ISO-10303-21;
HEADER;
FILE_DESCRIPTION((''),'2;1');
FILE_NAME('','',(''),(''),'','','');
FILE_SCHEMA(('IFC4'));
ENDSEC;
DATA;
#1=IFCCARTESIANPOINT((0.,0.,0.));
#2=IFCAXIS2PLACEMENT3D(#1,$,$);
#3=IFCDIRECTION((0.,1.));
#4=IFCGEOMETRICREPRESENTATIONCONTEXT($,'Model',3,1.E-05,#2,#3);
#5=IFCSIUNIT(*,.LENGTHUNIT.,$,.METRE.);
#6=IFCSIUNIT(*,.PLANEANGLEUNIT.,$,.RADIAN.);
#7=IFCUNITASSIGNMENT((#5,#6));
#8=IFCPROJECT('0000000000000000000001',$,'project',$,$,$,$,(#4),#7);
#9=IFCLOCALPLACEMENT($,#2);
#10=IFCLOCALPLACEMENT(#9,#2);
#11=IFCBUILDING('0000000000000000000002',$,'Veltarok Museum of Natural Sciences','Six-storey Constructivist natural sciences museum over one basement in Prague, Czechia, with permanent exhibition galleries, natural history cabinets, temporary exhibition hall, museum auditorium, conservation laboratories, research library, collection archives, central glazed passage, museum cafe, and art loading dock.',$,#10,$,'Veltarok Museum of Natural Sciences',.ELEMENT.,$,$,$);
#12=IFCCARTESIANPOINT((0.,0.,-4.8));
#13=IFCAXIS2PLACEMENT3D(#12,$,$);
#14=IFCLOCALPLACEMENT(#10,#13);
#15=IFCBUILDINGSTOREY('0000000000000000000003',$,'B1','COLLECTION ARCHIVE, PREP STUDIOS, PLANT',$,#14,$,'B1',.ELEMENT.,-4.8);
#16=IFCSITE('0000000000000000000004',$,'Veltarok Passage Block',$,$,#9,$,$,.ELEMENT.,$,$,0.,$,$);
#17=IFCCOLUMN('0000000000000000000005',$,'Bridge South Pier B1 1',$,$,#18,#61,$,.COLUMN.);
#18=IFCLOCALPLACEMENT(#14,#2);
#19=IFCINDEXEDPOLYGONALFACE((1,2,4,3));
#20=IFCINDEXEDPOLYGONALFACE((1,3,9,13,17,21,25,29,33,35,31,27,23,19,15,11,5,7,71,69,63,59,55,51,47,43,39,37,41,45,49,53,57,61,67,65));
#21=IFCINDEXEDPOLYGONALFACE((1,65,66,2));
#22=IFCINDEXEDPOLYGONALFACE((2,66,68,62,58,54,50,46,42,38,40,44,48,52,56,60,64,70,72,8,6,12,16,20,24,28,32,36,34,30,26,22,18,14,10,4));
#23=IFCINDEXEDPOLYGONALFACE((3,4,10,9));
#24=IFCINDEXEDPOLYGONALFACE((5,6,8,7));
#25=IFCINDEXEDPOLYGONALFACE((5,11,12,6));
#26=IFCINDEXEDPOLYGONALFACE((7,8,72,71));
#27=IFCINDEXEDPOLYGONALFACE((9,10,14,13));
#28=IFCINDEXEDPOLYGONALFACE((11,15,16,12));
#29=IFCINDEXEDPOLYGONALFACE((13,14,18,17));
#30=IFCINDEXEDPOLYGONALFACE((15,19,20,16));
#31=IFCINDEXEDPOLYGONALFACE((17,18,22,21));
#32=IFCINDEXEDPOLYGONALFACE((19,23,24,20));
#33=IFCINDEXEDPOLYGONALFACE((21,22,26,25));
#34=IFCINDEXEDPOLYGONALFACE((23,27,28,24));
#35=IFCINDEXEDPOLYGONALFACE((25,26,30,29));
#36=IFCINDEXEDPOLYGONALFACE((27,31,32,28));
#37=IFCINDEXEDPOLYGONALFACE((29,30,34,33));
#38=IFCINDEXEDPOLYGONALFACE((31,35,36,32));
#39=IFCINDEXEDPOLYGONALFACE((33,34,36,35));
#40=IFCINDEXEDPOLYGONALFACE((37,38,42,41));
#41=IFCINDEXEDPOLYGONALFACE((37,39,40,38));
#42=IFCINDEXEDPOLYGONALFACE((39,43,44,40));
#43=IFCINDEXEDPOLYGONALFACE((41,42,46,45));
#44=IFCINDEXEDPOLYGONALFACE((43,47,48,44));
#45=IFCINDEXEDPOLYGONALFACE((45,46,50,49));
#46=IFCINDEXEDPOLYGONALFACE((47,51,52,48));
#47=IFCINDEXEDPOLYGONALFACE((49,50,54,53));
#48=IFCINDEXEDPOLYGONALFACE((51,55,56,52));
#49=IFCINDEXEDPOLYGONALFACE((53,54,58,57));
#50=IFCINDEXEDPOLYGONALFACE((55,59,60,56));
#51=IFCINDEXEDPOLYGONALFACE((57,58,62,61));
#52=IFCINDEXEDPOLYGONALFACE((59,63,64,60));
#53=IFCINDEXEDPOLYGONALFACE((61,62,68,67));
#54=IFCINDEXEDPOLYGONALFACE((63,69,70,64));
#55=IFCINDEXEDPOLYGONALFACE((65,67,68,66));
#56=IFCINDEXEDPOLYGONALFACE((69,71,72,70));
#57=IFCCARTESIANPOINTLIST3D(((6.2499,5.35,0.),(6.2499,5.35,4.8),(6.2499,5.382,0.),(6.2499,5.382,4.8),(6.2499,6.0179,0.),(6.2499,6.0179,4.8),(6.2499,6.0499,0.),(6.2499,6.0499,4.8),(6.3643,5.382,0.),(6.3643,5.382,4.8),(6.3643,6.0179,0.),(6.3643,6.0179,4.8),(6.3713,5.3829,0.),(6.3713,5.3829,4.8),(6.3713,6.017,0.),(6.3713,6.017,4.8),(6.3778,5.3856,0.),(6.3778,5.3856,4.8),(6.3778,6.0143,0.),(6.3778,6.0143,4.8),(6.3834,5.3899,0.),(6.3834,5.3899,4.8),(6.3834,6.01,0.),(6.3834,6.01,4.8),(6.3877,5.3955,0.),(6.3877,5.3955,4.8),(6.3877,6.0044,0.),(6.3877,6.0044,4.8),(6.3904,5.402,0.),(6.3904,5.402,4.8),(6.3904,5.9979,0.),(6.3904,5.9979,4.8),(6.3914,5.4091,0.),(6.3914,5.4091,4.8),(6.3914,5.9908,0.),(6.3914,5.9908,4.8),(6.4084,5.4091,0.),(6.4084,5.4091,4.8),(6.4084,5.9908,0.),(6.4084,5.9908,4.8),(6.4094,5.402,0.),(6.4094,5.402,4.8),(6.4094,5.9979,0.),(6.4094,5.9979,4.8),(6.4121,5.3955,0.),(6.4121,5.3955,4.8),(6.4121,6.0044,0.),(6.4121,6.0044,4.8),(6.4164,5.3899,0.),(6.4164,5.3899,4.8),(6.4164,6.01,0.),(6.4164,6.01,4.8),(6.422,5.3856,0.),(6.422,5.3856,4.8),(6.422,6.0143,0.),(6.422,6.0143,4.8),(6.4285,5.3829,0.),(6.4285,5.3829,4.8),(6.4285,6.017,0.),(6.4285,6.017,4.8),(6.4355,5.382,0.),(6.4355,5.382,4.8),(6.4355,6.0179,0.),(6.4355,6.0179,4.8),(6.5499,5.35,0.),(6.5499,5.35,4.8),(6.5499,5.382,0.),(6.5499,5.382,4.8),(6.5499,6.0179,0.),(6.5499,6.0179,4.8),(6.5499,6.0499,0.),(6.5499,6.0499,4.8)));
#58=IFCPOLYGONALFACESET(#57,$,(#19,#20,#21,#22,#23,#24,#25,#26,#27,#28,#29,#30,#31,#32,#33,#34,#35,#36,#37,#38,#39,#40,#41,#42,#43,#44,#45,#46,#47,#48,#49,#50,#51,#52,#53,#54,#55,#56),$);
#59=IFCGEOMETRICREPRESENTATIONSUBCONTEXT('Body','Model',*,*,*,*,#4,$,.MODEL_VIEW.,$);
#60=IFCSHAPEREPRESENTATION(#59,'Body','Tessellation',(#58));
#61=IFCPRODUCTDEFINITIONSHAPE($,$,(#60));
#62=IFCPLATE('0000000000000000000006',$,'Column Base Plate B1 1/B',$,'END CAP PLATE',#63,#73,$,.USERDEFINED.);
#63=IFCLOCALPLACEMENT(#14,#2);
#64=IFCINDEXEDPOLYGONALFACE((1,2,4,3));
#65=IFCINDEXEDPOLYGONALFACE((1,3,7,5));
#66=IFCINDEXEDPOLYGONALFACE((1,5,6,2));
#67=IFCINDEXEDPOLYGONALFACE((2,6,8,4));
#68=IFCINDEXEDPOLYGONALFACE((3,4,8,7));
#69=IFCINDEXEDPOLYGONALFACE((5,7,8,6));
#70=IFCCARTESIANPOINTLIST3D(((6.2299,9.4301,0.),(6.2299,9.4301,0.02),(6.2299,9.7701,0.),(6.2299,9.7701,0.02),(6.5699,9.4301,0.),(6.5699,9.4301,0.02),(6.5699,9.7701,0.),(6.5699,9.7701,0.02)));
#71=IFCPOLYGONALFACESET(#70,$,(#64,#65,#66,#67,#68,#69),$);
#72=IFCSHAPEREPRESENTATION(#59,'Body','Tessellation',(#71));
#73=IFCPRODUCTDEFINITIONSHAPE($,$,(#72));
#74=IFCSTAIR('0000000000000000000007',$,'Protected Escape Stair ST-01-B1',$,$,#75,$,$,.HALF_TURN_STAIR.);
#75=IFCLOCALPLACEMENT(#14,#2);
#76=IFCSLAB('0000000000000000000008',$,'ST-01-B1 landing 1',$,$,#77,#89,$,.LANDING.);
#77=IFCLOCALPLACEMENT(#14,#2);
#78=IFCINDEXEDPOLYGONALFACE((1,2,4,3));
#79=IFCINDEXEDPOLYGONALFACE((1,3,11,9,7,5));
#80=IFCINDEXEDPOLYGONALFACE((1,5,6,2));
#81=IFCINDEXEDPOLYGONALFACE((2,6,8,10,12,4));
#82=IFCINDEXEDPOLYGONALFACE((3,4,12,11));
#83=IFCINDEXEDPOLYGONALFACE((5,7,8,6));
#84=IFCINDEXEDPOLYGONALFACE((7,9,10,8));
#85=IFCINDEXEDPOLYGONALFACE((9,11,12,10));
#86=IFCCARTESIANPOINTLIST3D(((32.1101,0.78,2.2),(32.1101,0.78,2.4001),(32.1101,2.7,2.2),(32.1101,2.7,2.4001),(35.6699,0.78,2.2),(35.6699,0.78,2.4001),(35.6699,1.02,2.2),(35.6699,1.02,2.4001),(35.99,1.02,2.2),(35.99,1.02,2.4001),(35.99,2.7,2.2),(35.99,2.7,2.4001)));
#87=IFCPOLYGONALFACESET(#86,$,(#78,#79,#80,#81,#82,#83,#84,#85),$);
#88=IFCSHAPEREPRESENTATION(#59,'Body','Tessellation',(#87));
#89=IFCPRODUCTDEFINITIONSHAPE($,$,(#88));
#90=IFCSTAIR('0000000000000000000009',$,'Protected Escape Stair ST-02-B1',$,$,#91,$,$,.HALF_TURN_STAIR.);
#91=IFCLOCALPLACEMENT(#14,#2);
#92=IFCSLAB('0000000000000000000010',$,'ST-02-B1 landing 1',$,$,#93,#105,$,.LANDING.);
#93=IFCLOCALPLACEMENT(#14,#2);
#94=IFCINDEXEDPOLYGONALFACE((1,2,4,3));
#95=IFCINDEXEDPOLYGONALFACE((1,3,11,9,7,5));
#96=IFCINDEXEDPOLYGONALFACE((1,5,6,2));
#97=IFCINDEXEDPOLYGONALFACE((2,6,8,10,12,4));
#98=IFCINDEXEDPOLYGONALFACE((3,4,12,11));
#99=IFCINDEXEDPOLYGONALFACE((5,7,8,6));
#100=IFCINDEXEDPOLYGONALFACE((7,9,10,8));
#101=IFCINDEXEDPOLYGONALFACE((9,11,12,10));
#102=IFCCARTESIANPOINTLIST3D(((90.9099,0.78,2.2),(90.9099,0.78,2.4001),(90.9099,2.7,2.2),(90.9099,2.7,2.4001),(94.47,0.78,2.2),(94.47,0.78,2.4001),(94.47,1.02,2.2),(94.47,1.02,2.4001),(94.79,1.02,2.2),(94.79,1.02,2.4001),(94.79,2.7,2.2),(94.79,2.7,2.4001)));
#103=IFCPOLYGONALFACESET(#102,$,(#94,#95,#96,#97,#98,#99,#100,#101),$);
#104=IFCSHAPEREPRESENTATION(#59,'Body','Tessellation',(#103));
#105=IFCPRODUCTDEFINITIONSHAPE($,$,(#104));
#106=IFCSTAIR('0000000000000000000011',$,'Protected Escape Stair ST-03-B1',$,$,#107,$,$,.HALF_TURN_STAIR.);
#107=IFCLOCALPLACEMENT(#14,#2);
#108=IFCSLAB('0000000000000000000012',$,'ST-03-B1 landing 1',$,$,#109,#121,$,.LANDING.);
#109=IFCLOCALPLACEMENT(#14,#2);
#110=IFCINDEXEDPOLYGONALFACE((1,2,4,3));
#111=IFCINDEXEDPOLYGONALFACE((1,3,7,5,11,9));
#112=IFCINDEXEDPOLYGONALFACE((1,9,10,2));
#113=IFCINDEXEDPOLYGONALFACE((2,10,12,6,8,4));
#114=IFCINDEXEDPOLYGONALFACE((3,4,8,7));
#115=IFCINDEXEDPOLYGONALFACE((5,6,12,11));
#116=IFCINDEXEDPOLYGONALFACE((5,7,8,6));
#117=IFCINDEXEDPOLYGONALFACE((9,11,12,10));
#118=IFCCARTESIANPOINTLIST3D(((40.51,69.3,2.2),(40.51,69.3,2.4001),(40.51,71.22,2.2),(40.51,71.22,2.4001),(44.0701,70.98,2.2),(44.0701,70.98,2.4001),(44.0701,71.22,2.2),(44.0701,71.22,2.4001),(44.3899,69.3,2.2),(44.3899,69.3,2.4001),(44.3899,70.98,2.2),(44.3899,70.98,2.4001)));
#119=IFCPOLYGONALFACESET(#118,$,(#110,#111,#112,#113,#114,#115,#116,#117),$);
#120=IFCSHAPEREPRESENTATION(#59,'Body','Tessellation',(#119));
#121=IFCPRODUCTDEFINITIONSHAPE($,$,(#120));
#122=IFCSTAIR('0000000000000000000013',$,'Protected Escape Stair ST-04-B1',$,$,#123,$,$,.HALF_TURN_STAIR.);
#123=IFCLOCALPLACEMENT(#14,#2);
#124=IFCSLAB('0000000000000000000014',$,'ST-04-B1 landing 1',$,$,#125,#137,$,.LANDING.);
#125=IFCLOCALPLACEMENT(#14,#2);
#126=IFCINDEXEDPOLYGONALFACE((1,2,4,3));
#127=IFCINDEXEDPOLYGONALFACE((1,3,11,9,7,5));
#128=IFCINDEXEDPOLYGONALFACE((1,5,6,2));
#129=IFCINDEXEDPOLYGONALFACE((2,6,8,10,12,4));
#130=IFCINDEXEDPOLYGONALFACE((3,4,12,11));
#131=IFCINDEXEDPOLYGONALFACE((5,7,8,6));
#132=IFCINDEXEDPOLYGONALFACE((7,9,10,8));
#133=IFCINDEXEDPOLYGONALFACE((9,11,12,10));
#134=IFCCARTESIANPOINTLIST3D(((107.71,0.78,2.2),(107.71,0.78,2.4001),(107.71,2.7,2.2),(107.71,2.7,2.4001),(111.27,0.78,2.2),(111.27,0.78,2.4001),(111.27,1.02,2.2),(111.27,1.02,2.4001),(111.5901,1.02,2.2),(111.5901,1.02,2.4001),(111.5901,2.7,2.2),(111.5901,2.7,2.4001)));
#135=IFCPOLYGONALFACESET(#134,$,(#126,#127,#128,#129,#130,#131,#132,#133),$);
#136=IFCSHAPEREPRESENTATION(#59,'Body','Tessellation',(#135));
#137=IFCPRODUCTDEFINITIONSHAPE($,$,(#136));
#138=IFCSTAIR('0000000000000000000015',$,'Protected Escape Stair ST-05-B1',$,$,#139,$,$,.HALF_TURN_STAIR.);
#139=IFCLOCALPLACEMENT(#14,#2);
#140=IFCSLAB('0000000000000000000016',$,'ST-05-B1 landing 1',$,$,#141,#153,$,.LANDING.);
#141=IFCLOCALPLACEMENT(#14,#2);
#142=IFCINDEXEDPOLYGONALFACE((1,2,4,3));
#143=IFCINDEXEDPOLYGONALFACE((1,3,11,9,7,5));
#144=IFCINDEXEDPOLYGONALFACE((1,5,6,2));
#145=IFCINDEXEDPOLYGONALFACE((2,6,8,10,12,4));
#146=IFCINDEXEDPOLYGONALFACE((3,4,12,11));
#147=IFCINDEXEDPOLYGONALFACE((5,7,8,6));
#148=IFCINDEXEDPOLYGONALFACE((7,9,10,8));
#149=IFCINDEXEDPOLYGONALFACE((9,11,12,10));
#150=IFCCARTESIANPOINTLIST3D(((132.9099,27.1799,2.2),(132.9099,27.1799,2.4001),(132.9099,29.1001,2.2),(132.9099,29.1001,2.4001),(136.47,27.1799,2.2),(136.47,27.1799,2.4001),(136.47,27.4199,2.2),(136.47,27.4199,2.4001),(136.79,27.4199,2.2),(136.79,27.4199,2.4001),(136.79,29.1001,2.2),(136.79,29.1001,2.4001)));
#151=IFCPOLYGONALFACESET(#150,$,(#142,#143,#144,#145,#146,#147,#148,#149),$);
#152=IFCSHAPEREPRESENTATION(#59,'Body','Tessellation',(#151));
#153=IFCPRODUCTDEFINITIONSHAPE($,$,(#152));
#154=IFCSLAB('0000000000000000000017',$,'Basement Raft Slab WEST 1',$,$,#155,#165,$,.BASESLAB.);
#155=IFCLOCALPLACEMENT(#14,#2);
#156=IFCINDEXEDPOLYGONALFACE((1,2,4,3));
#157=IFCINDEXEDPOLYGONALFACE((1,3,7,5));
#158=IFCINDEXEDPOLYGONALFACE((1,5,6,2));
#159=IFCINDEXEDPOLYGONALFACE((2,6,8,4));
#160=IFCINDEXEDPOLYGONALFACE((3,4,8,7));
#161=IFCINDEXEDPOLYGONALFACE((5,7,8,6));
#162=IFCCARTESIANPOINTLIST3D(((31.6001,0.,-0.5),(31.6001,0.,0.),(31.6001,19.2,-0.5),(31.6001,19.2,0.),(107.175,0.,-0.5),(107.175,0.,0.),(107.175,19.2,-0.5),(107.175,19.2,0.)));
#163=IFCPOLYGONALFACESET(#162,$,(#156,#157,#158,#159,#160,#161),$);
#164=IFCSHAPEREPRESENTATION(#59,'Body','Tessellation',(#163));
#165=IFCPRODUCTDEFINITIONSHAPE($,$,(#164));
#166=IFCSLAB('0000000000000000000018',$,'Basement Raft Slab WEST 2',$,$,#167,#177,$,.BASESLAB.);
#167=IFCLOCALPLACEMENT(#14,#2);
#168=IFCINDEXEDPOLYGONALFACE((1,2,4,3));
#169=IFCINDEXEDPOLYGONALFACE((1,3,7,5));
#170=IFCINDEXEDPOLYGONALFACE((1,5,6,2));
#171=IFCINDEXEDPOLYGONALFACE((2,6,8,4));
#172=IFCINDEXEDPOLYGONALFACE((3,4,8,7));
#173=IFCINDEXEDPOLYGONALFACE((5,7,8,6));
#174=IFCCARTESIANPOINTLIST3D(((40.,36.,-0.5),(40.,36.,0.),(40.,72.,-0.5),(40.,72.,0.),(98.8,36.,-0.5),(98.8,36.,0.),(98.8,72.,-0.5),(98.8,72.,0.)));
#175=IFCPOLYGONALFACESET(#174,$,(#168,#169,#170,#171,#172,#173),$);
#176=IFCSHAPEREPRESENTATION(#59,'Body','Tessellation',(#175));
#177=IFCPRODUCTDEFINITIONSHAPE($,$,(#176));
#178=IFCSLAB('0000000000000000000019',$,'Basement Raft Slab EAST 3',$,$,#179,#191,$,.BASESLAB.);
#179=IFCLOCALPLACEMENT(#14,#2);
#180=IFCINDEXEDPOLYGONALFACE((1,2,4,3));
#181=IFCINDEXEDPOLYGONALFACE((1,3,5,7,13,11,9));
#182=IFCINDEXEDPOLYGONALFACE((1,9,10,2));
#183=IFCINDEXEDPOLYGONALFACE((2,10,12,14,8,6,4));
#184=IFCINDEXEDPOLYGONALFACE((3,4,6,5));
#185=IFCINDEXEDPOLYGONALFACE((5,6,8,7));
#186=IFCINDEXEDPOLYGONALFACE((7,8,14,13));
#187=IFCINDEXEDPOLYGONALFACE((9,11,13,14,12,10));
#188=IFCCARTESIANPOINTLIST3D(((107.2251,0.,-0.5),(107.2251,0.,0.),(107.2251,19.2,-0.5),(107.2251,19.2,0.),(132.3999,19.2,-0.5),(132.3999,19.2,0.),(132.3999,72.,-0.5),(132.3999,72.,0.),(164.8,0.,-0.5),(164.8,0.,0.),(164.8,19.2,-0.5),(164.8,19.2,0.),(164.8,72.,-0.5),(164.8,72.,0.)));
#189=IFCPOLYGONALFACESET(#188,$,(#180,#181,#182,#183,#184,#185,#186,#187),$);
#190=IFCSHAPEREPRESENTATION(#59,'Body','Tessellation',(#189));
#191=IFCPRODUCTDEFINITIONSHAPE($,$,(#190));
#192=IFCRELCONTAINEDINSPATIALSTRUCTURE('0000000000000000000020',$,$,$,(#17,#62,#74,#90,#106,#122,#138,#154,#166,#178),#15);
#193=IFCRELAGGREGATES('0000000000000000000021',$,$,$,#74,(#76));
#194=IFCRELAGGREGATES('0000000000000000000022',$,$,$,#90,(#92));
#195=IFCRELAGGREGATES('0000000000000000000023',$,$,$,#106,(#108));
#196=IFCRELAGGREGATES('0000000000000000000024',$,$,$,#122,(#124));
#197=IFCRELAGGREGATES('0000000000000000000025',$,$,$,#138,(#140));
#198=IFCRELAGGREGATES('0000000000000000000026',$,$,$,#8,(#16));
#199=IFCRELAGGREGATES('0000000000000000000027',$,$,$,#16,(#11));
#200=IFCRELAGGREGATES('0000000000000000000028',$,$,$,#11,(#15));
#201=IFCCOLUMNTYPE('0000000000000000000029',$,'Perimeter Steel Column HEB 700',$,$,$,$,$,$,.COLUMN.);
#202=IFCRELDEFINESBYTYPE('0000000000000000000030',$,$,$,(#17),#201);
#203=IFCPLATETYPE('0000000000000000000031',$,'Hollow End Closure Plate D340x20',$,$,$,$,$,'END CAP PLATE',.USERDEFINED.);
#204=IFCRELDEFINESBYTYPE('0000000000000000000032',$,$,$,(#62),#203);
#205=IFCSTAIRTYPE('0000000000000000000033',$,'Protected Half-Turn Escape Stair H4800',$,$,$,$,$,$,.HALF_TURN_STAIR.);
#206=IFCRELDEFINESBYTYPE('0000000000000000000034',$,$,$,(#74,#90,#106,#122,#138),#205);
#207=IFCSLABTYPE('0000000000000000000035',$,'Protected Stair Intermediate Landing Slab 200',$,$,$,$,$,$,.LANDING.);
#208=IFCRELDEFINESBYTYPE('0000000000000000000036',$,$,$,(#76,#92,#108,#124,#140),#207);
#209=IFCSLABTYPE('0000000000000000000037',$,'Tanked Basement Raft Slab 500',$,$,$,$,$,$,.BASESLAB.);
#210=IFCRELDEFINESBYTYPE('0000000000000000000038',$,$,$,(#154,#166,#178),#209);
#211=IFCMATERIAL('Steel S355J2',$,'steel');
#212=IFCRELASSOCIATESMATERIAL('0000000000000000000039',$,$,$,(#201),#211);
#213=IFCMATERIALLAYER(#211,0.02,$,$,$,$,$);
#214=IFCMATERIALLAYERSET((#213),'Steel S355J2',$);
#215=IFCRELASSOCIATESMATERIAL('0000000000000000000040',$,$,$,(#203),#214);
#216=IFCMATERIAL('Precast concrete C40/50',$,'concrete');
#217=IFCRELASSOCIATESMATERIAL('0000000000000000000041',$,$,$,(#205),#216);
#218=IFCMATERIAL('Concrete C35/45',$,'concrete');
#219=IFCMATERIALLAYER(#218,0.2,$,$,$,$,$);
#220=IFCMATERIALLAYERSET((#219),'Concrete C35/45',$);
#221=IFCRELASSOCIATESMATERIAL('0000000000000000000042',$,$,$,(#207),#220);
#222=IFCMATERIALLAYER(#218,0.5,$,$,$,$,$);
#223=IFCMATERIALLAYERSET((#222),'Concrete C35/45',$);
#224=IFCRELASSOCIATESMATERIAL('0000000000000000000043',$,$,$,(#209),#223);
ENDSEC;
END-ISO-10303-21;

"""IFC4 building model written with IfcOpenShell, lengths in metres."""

from ifc_helpers import new_model, si_unit, direction, frame, origin, origin_2d, place, context, subcontext, project, spatial, polyline, rectangle, i_section, outline, extrude, material, layer, layer_set, material_profile, profile_set, type_object, element, aggregate, save


model = new_model("IFC4")

# Units and contexts
model_context = context("Model", 3, precision=1e-05, world=origin(), true_north=direction((0.0, 1.0)))
body_context = subcontext(model_context, "Body", "Model", "MODEL_VIEW")
ifc_project = project(units=[si_unit("LENGTHUNIT", "METRE"), si_unit("PLANEANGLEUNIT", "RADIAN")], contexts=[model_context])

# Site, building, storey
site_placement = place(None, origin())
site = spatial("IfcSite", under=ifc_project, at=site_placement, Name="Veltarok Passage Block", CompositionType="ELEMENT", RefElevation=0.0)
building_placement = place(site_placement, origin())
building = spatial("IfcBuilding", under=site, at=building_placement, Name="Veltarok Museum of Natural Sciences", Description="Six-storey Constructivist natural sciences museum over one basement in Prague, Czechia, with permanent exhibition galleries, natural history cabinets, temporary exhibition hall, museum auditorium, conservation laboratories, research library, collection archives, central glazed passage, museum cafe, and art loading dock.", LongName="Veltarok Museum of Natural Sciences", CompositionType="ELEMENT")
storey_placement = place(building_placement, frame((0.0, 0.0, -4.8)))
storey = spatial("IfcBuildingStorey", under=building, at=storey_placement, Name="B1", Description="COLLECTION ARCHIVE, PREP STUDIOS, PLANT", LongName="B1", CompositionType="ELEMENT", Elevation=-4.8)

# Shared definitions
ifc_material_1 = material(Name="Concrete C35/45", Category="concrete")

# Column
ifc_material_2 = material(Name="Steel S355J2", Category="steel")
ifc_material_profile_1 = material_profile(ifc_material_2, i_section(OverallWidth=0.3, OverallDepth=0.7, WebThickness=0.0171, FlangeThickness=0.032, FilletRadius=0.0271, at=origin_2d()), Name="HEB 700")
ifc_profile_set_1 = profile_set([ifc_material_profile_1], Name="Steel S355J2")
column_type_1 = type_object("IfcColumnType", Name="Perimeter Steel Column HEB 700", PredefinedType="COLUMN", material=ifc_profile_set_1)
column_1_placement = place(storey_placement, frame((6.3999, 5.7, 0.0), z_axis=(0.0, 0.0, 1.0), x_axis=(1.0, 0.0, 0.0)))
element("IfcColumn", 1, at=column_1_placement, inside=storey, type_object=column_type_1, Name="Bridge South Pier B1 1", PredefinedType="COLUMN", context=body_context, shape_type="SweptSolid", body=[
    extrude(i_section(OverallWidth=0.3, OverallDepth=0.7, WebThickness=0.0171, FlangeThickness=0.032, FilletRadius=0.0271, at=origin_2d()), origin(), (0.0, 0.0, 1.0), 4.8),
])

# Plate
ifc_layer_1 = layer(ifc_material_2, 0.02)
ifc_layer_set_1 = layer_set([ifc_layer_1], Name="Steel S355J2")
plate_type = type_object("IfcPlateType", Name="Hollow End Closure Plate D340x20", ElementType="END CAP PLATE", PredefinedType="USERDEFINED", material=ifc_layer_set_1)
plate_placement = place(storey_placement, frame((6.3999, 9.6001, 0.0), z_axis=(0.0, 0.0, 1.0), x_axis=(1.0, 0.0, 0.0)))
element("IfcPlate", 2, at=plate_placement, inside=storey, type_object=plate_type, Name="Column Base Plate B1 1/B", ObjectType="END CAP PLATE", PredefinedType="USERDEFINED", context=body_context, shape_type="SweptSolid", body=[
    extrude(rectangle(XDim=0.3401, YDim=0.3401, at=origin_2d()), origin(), (0.0, 0.0, 1.0), 0.02),
])

# Stairs, slabs
ifc_material_3 = material(Name="Precast concrete C40/50", Category="concrete")
stair_type = type_object("IfcStairType", Name="Protected Half-Turn Escape Stair H4800", PredefinedType="HALF_TURN_STAIR", material=ifc_material_3)
stair_1_placement = place(storey_placement, origin())
stair_1 = element("IfcStair", 3, at=stair_1_placement, inside=storey, type_object=stair_type, Name="Protected Escape Stair ST-01-B1", PredefinedType="HALF_TURN_STAIR")
ifc_layer_2 = layer(ifc_material_1, 0.2)
ifc_layer_set_2 = layer_set([ifc_layer_2], Name="Concrete C35/45")
slab_type_1 = type_object("IfcSlabType", Name="Protected Stair Intermediate Landing Slab 200", PredefinedType="LANDING", material=ifc_layer_set_2)
slab_1_placement = place(storey_placement, frame((0.0, 0.0, 2.2)))
slab_1 = element("IfcSlab", 4, at=slab_1_placement, type_object=slab_type_1, Name="ST-01-B1 landing 1", PredefinedType="LANDING", context=body_context, shape_type="SweptSolid", body=[
    extrude(outline(polyline([(32.1101, 0.78), (35.6699, 0.78), (35.6699, 1.02), (35.99, 1.02), (35.99, 2.7), (32.1101, 2.7), (32.1101, 0.78)])), origin(), (0.0, 0.0, 1.0), 0.2002),
])
aggregate(stair_1, [slab_1])
stair_2_placement = place(storey_placement, origin())
stair_2 = element("IfcStair", 5, at=stair_2_placement, inside=storey, type_object=stair_type, Name="Protected Escape Stair ST-02-B1", PredefinedType="HALF_TURN_STAIR")
slab_2_placement = place(storey_placement, frame((0.0, 0.0, 2.2)))
slab_2 = element("IfcSlab", 6, at=slab_2_placement, type_object=slab_type_1, Name="ST-02-B1 landing 1", PredefinedType="LANDING", context=body_context, shape_type="SweptSolid", body=[
    extrude(outline(polyline([(90.9099, 0.78), (94.47, 0.78), (94.47, 1.02), (94.79, 1.02), (94.79, 2.7), (90.9099, 2.7), (90.9099, 0.78)])), origin(), (0.0, 0.0, 1.0), 0.2002),
])
aggregate(stair_2, [slab_2])
stair_3_placement = place(storey_placement, origin())
stair_3 = element("IfcStair", 7, at=stair_3_placement, inside=storey, type_object=stair_type, Name="Protected Escape Stair ST-03-B1", PredefinedType="HALF_TURN_STAIR")
slab_3_placement = place(storey_placement, frame((0.0, 0.0, 2.2)))
slab_3 = element("IfcSlab", 8, at=slab_3_placement, type_object=slab_type_1, Name="ST-03-B1 landing 1", PredefinedType="LANDING", context=body_context, shape_type="SweptSolid", body=[
    extrude(outline(polyline([(40.51, 69.3), (44.3899, 69.3), (44.3899, 70.98), (44.0701, 70.98), (44.0701, 71.22), (40.51, 71.22), (40.51, 69.3)])), origin(), (0.0, 0.0, 1.0), 0.2002),
])
aggregate(stair_3, [slab_3])
stair_4_placement = place(storey_placement, origin())
stair_4 = element("IfcStair", 9, at=stair_4_placement, inside=storey, type_object=stair_type, Name="Protected Escape Stair ST-04-B1", PredefinedType="HALF_TURN_STAIR")
slab_4_placement = place(storey_placement, frame((0.0, 0.0, 2.2)))
slab_4 = element("IfcSlab", 10, at=slab_4_placement, type_object=slab_type_1, Name="ST-04-B1 landing 1", PredefinedType="LANDING", context=body_context, shape_type="SweptSolid", body=[
    extrude(outline(polyline([(107.71, 0.78), (111.27, 0.78), (111.27, 1.02), (111.5901, 1.02), (111.5901, 2.7), (107.71, 2.7), (107.71, 0.78)])), origin(), (0.0, 0.0, 1.0), 0.2002),
])
aggregate(stair_4, [slab_4])
stair_5_placement = place(storey_placement, origin())
stair_5 = element("IfcStair", 11, at=stair_5_placement, inside=storey, type_object=stair_type, Name="Protected Escape Stair ST-05-B1", PredefinedType="HALF_TURN_STAIR")
slab_5_placement = place(storey_placement, frame((0.0, 0.0, 2.2)))
slab_5 = element("IfcSlab", 12, at=slab_5_placement, type_object=slab_type_1, Name="ST-05-B1 landing 1", PredefinedType="LANDING", context=body_context, shape_type="SweptSolid", body=[
    extrude(outline(polyline([(132.9099, 27.1799), (136.47, 27.1799), (136.47, 27.4199), (136.79, 27.4199), (136.79, 29.1001), (132.9099, 29.1001), (132.9099, 27.1799)])), origin(), (0.0, 0.0, 1.0), 0.2002),
])
aggregate(stair_5, [slab_5])

# Slabs
ifc_layer_3 = layer(ifc_material_1, 0.5)
ifc_layer_set_3 = layer_set([ifc_layer_3], Name="Concrete C35/45")
slab_type_2 = type_object("IfcSlabType", Name="Tanked Basement Raft Slab 500", PredefinedType="BASESLAB", material=ifc_layer_set_3)
slab_6_placement = place(storey_placement, frame((0.0, 0.0, -0.5)))
element("IfcSlab", 13, at=slab_6_placement, inside=storey, type_object=slab_type_2, Name="Basement Raft Slab WEST 1", PredefinedType="BASESLAB", context=body_context, shape_type="SweptSolid", body=[
    extrude(outline(polyline([(107.175, 19.2), (107.175, 0.0), (31.6001, 0.0), (31.6001, 19.2), (107.175, 19.2)])), origin(), (0.0, 0.0, 1.0), 0.5),
])
slab_7_placement = place(storey_placement, frame((0.0, 0.0, -0.5)))
element("IfcSlab", 14, at=slab_7_placement, inside=storey, type_object=slab_type_2, Name="Basement Raft Slab WEST 2", PredefinedType="BASESLAB", context=body_context, shape_type="SweptSolid", body=[
    extrude(outline(polyline([(98.8, 72.0), (98.8, 36.0), (40.0, 36.0), (40.0, 72.0), (98.8, 72.0)])), origin(), (0.0, 0.0, 1.0), 0.5),
])
slab_8_placement = place(storey_placement, frame((0.0, 0.0, -0.5)))
element("IfcSlab", 15, at=slab_8_placement, inside=storey, type_object=slab_type_2, Name="Basement Raft Slab EAST 3", PredefinedType="BASESLAB", context=body_context, shape_type="SweptSolid", body=[
    extrude(outline(polyline([(132.3999, 19.2), (132.3999, 72.0), (164.8, 72.0), (164.8, 19.2), (164.8, 0.0), (107.2251, 0.0), (107.2251, 19.2), (132.3999, 19.2)])), origin(), (0.0, 0.0, 1.0), 0.5),
])

save(model, "model.ifc")
